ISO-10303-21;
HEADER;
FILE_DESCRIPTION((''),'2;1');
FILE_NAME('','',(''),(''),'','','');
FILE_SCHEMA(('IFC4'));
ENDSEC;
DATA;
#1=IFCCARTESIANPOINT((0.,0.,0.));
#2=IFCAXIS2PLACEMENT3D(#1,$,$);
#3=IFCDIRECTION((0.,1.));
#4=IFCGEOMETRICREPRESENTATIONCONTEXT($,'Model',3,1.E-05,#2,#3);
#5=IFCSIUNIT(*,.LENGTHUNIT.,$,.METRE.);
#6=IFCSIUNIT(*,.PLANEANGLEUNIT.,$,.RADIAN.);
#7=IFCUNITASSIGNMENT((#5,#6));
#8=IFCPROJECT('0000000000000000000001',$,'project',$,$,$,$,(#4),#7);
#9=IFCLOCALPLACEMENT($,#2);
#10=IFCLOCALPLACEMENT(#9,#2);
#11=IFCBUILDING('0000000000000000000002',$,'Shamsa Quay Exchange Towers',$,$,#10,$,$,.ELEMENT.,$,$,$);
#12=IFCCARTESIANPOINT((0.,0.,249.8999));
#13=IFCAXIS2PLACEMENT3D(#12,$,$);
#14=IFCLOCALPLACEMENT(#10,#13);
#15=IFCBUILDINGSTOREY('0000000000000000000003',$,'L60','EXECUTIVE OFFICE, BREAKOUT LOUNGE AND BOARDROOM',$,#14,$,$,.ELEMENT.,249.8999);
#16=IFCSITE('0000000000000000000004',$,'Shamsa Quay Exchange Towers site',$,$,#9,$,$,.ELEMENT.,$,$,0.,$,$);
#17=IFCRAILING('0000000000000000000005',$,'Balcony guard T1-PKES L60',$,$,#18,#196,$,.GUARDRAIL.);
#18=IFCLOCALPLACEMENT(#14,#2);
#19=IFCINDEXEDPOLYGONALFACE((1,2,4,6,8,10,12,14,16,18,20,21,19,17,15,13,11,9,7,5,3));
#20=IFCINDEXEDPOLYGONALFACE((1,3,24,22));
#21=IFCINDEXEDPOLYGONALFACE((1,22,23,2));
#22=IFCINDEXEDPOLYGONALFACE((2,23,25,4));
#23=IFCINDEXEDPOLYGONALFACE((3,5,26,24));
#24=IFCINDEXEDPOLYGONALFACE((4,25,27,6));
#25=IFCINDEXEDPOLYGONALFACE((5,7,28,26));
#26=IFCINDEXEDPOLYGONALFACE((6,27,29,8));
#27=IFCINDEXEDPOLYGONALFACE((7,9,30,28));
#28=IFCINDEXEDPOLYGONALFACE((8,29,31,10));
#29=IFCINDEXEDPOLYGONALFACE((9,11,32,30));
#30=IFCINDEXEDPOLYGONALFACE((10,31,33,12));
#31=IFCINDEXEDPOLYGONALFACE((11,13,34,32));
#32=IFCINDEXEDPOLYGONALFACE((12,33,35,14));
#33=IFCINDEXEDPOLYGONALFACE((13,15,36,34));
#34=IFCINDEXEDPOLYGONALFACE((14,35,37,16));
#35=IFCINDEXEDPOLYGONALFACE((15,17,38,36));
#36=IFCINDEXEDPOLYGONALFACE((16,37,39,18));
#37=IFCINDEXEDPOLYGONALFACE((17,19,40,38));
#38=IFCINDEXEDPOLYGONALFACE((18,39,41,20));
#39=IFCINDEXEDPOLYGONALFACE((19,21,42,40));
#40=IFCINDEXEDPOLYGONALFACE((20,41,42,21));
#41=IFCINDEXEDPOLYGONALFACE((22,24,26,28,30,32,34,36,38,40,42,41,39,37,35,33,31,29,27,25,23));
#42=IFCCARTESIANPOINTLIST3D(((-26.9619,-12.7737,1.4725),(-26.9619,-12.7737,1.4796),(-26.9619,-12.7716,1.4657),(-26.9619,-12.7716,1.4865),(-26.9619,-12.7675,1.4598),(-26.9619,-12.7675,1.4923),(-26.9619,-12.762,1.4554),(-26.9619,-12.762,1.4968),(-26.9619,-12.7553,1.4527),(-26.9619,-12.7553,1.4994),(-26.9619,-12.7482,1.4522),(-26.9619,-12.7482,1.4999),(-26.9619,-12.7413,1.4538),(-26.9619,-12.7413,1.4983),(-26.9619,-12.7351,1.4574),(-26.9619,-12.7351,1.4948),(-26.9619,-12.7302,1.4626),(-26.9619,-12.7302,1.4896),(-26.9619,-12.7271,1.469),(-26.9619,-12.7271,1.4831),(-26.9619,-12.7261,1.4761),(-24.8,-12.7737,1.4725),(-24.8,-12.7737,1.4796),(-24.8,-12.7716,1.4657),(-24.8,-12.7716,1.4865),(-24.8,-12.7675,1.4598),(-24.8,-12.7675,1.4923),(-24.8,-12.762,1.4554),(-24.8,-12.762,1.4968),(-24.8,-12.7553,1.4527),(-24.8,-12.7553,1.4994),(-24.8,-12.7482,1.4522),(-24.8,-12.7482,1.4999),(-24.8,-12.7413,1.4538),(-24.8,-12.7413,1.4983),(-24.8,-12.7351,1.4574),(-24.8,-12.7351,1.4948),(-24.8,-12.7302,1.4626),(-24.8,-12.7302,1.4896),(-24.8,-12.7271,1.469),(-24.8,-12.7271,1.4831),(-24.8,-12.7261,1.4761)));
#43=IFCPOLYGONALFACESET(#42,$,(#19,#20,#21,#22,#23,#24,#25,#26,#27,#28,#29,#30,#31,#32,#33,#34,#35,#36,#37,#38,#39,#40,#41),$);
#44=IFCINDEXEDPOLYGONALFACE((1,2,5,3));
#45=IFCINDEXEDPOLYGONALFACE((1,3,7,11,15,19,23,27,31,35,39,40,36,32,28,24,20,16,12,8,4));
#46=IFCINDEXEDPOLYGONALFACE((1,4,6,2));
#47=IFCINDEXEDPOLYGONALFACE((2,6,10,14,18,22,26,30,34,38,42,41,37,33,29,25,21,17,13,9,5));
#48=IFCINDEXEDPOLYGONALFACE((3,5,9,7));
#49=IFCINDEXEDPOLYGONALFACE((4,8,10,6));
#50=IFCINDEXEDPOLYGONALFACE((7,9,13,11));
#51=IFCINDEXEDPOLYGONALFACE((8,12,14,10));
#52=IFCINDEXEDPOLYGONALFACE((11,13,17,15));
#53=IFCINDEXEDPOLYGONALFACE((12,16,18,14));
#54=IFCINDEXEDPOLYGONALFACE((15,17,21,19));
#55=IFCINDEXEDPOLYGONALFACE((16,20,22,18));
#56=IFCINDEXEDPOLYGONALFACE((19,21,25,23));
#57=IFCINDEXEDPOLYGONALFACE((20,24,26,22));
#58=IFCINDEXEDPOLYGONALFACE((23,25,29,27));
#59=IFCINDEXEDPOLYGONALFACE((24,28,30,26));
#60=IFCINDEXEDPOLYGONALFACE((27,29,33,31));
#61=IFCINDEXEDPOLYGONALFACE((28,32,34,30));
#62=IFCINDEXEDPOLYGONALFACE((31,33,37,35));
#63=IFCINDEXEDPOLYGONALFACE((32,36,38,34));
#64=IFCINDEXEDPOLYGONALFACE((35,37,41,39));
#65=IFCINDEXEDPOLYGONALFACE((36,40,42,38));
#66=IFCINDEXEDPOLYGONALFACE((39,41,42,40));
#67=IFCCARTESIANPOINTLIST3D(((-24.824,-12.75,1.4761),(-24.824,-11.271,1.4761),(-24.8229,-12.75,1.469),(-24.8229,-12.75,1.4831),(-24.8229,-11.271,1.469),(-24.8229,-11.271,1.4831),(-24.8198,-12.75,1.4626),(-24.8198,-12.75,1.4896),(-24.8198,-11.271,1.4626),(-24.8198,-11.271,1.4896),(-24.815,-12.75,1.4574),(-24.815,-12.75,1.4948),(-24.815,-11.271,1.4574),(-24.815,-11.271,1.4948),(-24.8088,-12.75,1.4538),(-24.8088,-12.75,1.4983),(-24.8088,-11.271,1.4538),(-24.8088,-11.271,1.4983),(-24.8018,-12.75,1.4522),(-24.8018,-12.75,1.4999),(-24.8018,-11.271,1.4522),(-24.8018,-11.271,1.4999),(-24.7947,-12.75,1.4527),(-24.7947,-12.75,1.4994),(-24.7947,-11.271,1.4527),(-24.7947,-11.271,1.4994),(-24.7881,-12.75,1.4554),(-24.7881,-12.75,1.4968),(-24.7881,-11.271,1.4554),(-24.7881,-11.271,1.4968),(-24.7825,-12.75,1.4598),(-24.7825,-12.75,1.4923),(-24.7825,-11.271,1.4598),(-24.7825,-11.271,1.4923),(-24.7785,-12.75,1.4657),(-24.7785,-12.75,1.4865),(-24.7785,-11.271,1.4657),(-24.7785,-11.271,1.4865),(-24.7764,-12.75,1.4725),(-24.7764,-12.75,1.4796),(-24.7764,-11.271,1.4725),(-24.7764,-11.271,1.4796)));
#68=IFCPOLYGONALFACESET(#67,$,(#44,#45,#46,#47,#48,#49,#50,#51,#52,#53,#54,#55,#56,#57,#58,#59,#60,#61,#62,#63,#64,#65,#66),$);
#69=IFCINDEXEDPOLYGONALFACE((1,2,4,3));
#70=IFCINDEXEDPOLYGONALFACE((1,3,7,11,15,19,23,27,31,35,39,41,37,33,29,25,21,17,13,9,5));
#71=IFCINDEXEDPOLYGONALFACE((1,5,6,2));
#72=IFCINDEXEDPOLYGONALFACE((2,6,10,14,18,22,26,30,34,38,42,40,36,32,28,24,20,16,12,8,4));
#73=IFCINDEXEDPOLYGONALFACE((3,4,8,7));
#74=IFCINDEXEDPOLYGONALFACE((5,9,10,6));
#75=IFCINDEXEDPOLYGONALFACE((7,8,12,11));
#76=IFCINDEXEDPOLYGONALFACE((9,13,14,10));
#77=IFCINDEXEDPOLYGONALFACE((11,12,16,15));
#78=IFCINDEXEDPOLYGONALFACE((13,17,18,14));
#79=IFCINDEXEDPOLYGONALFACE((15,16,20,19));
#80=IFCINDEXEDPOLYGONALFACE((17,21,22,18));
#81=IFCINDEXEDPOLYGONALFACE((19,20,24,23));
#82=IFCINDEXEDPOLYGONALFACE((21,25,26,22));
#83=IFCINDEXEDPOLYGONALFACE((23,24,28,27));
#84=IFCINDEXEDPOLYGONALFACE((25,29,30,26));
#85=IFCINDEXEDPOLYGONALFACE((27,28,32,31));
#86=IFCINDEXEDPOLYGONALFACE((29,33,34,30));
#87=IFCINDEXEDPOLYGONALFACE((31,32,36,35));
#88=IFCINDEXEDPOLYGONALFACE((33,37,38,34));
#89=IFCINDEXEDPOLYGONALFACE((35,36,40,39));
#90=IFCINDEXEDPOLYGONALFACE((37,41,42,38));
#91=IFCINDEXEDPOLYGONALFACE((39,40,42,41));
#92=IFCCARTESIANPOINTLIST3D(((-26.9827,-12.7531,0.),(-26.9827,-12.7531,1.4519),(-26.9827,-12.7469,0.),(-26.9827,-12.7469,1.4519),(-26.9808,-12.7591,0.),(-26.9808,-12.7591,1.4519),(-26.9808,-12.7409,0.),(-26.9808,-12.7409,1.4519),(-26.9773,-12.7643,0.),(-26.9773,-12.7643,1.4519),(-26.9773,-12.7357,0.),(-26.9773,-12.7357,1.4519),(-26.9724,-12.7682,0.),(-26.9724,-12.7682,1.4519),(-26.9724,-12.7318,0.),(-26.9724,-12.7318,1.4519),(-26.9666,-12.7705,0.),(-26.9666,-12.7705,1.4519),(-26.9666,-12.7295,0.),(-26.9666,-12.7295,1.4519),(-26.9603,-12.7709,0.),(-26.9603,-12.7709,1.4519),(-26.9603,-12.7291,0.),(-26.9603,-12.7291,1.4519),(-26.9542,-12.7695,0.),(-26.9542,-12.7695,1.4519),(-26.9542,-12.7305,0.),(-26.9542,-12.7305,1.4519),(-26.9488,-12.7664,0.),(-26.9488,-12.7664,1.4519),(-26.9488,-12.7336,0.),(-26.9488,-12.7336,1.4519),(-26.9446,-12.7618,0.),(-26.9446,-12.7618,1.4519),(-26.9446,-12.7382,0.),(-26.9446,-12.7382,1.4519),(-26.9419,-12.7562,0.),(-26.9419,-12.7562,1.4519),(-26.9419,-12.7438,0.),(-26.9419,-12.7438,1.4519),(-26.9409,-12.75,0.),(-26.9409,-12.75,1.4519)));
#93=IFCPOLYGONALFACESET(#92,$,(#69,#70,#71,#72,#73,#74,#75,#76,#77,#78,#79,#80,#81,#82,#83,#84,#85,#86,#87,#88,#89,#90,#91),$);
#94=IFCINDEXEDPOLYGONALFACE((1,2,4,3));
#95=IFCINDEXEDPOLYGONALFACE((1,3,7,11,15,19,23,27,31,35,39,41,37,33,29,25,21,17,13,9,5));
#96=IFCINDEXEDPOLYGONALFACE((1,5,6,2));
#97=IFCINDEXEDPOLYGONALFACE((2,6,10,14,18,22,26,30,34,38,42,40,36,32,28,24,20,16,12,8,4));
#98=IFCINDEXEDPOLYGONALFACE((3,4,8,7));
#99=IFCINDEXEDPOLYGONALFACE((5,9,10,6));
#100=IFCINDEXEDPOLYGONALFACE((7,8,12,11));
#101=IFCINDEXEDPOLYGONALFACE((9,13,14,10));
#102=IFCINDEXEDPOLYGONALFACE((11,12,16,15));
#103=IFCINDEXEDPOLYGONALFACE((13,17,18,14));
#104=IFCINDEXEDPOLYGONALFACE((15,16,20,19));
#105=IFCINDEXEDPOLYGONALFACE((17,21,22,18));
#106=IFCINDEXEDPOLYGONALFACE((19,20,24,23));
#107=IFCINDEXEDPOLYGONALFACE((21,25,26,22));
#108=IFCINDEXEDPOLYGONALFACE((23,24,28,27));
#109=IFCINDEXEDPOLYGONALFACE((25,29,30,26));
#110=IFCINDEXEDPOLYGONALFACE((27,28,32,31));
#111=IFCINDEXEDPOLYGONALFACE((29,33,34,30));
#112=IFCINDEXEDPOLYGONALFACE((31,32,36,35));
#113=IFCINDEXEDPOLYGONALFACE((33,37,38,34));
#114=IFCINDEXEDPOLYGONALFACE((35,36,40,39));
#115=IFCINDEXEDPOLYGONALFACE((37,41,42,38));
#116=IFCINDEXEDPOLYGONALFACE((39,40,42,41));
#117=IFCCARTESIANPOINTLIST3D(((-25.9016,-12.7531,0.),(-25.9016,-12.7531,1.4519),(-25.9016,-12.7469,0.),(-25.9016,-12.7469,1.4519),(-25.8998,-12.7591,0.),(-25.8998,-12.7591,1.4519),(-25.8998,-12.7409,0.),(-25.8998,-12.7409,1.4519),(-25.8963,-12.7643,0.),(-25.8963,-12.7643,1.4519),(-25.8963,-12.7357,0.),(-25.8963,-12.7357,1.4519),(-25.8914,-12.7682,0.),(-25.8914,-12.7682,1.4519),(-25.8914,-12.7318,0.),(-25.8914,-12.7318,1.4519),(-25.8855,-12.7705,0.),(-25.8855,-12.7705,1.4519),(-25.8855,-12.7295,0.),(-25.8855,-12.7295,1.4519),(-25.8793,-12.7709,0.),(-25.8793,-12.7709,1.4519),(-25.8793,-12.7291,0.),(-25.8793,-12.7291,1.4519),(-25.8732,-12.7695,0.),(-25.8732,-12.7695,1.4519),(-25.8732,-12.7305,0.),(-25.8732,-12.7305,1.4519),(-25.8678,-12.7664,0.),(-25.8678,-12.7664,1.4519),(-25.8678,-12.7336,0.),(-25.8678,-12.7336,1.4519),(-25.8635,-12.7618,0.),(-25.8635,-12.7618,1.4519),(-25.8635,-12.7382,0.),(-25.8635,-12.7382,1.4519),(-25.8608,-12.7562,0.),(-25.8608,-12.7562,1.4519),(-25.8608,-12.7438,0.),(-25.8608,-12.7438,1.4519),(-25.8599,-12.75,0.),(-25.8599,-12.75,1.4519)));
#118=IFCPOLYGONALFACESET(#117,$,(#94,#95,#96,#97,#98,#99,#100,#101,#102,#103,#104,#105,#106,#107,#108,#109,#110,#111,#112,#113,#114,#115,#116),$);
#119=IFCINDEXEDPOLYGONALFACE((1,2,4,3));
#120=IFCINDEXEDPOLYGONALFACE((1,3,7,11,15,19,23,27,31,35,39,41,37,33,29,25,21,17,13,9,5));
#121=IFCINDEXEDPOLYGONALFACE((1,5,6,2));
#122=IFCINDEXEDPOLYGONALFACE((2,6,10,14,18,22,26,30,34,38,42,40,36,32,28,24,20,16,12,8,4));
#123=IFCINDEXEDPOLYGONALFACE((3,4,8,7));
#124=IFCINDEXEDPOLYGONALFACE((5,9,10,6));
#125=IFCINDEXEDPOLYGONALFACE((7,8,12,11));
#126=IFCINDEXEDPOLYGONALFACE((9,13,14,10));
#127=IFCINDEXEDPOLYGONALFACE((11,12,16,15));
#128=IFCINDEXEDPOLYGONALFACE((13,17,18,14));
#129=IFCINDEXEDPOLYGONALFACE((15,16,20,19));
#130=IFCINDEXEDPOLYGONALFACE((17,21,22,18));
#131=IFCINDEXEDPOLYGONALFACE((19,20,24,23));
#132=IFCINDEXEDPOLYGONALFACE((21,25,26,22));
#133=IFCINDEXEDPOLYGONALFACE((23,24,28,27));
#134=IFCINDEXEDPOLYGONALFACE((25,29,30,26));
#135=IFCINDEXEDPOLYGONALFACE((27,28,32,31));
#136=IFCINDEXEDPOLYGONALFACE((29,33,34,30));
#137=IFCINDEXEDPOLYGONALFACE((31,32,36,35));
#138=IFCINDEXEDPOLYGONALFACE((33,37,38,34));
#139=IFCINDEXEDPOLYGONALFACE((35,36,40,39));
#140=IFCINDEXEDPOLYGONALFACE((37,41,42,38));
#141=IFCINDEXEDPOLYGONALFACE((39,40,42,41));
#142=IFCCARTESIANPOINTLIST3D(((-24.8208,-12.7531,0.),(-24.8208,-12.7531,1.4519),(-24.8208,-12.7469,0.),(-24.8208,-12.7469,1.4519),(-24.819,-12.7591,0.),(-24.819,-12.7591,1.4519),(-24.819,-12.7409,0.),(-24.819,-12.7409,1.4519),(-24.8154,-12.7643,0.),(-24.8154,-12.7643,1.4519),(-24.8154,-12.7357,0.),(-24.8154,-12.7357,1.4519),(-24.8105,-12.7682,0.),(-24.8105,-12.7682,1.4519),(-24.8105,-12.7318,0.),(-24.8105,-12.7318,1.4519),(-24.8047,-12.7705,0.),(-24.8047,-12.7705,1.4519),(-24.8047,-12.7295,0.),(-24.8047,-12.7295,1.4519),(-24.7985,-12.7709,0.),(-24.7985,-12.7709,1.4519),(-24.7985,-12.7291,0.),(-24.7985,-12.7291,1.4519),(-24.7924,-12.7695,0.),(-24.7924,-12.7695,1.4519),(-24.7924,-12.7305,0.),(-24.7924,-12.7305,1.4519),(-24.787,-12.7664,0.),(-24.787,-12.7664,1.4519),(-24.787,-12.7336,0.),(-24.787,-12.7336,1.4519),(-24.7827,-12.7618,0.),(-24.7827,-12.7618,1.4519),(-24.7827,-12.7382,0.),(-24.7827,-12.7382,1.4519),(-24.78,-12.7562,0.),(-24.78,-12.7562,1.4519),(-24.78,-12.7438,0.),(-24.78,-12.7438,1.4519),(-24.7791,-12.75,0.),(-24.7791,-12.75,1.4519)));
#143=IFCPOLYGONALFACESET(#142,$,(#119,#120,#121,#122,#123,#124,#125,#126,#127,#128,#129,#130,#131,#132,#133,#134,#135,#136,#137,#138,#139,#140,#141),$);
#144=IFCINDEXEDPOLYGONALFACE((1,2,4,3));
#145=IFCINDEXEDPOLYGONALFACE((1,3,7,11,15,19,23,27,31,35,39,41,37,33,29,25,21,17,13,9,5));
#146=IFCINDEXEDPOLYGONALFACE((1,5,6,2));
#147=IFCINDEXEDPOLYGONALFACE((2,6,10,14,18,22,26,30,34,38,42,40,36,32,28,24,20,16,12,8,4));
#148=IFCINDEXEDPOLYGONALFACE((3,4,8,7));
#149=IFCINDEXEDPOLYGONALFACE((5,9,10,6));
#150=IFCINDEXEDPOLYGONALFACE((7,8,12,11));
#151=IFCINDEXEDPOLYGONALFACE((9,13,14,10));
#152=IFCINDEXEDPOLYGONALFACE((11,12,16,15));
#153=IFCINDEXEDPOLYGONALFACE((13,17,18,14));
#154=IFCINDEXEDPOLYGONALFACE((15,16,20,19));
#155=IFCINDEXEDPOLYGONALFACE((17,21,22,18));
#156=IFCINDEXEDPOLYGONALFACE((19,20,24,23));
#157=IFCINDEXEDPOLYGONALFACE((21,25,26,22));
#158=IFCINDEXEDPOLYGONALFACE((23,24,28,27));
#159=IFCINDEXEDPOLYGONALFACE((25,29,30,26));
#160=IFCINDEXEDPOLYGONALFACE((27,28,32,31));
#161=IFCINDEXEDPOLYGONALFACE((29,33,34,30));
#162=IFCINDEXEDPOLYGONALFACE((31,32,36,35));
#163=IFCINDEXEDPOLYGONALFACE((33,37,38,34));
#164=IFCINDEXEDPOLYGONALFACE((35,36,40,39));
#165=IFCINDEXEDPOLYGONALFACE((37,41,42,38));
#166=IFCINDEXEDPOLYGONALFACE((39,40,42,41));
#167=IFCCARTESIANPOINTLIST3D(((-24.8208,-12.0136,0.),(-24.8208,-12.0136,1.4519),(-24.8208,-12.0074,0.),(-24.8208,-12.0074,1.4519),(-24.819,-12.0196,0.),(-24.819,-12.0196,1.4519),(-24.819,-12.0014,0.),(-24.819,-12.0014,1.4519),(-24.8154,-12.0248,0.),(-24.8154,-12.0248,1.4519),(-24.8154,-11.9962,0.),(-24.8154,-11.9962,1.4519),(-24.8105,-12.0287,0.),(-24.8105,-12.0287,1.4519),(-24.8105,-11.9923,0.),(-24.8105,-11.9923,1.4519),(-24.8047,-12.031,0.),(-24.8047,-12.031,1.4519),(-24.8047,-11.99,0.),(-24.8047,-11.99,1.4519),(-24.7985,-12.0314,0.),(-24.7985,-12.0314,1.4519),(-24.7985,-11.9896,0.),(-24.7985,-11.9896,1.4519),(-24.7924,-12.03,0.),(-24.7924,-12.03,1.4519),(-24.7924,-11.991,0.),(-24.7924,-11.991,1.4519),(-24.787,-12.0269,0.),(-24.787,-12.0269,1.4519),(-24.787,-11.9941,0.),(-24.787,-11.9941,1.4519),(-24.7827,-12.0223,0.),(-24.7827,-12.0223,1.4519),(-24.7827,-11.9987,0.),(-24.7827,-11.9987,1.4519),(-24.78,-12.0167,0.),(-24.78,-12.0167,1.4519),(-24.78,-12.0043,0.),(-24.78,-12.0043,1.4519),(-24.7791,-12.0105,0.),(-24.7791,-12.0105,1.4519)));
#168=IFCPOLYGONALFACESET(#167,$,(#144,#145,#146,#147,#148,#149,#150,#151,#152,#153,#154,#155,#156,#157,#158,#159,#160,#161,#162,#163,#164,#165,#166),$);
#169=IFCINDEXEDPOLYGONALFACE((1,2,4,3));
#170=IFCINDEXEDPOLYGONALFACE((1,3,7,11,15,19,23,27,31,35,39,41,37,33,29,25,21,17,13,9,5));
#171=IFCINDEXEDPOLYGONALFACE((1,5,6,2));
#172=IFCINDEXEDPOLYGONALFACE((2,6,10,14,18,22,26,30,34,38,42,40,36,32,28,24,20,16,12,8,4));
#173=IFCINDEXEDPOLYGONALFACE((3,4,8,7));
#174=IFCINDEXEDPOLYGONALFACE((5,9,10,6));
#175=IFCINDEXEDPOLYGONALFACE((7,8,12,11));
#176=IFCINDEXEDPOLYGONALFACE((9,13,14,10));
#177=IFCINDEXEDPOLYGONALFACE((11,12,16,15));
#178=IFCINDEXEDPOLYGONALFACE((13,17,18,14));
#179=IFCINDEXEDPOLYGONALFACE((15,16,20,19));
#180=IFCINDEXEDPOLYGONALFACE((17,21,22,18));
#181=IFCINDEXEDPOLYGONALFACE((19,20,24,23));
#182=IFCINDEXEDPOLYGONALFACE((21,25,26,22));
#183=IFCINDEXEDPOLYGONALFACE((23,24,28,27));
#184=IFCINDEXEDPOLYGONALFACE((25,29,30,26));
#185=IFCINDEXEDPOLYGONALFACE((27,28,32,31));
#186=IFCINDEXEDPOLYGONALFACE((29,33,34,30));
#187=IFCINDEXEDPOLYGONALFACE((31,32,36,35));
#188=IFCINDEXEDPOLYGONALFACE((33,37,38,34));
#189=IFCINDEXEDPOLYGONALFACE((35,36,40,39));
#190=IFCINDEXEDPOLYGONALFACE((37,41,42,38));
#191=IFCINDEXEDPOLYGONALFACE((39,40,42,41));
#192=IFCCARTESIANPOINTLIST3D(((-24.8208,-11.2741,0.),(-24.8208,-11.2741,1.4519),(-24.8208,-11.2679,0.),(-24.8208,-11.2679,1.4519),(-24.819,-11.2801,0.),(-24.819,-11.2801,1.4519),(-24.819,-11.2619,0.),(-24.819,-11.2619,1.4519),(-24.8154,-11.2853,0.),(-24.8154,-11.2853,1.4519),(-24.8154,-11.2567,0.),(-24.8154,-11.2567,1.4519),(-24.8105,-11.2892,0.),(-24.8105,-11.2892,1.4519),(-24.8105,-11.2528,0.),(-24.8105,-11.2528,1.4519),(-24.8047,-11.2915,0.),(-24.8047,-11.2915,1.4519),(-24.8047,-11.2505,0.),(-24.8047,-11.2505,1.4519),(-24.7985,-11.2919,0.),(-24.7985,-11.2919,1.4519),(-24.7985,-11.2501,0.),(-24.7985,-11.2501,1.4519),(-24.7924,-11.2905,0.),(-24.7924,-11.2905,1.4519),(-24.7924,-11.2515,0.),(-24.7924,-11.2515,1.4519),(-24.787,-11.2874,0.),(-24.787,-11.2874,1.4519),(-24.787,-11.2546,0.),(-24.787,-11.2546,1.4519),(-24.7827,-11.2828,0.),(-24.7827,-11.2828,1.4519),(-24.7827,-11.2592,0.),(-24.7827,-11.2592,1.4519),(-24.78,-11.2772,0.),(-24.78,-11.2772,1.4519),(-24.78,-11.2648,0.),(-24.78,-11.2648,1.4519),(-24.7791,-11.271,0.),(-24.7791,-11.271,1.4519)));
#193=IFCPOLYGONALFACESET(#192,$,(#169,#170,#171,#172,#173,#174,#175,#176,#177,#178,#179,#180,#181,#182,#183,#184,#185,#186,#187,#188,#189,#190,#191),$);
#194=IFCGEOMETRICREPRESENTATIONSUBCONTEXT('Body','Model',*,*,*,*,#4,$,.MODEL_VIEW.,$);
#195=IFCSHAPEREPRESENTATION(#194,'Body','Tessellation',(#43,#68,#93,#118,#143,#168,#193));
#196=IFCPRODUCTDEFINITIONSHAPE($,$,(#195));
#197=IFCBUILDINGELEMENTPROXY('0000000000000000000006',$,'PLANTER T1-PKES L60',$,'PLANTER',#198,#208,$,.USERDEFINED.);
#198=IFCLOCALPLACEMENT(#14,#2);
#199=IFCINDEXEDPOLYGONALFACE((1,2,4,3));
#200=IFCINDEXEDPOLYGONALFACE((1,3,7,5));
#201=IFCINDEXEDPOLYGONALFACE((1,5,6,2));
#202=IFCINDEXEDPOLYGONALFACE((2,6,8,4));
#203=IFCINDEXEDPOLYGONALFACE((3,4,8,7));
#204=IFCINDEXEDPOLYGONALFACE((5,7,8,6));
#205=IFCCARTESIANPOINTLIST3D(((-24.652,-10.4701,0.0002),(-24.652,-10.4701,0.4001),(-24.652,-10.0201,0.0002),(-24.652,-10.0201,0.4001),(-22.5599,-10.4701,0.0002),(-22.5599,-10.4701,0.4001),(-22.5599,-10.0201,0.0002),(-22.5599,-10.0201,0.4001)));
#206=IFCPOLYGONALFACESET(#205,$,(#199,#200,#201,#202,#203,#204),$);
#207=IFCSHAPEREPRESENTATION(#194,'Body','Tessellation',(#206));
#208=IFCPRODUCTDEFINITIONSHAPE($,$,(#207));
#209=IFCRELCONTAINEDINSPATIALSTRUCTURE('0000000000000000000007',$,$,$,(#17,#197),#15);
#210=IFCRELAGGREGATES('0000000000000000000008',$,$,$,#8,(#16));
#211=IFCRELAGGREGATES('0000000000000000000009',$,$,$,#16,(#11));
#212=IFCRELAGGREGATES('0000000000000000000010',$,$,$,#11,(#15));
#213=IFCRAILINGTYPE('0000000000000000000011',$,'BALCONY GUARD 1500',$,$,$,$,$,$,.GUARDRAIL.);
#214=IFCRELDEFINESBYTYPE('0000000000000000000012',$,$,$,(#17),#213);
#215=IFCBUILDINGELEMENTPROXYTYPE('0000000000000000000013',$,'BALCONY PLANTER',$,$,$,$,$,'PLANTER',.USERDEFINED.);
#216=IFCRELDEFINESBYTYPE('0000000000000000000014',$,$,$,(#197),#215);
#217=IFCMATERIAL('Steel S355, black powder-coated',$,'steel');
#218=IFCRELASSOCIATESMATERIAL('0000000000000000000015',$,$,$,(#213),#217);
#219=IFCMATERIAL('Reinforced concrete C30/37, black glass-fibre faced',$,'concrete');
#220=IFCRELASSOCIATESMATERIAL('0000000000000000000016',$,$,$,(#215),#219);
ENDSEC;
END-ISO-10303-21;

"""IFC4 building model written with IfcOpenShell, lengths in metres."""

from ifc_helpers import new_model, si_unit, direction, frame, origin, origin_2d, place, context, subcontext, project, spatial, rectangle, circle, extrude, material, type_object, element, save


model = new_model("IFC4")

# Units and contexts
model_context = context("Model", 3, precision=1e-05, world=origin(), true_north=direction((0.0, 1.0)))
body_context = subcontext(model_context, "Body", "Model", "MODEL_VIEW")
ifc_project = project(units=[si_unit("LENGTHUNIT", "METRE"), si_unit("PLANEANGLEUNIT", "RADIAN")], contexts=[model_context])

# Site, building, storey
site_placement = place(None, origin())
site = spatial("IfcSite", under=ifc_project, at=site_placement, Name="Shamsa Quay Exchange Towers site", CompositionType="ELEMENT", RefElevation=0.0)
building_placement = place(site_placement, origin())
building = spatial("IfcBuilding", under=site, at=building_placement, Name="Shamsa Quay Exchange Towers", CompositionType="ELEMENT")
storey_placement = place(building_placement, frame((0.0, 0.0, 249.8999)))
storey = spatial("IfcBuildingStorey", under=building, at=storey_placement, Name="L60", Description="EXECUTIVE OFFICE, BREAKOUT LOUNGE AND BOARDROOM", CompositionType="ELEMENT", Elevation=249.8999)

# Railing
ifc_material_1 = material(Name="Steel S355, black powder-coated", Category="steel")
railing_type_1 = type_object("IfcRailingType", Name="BALCONY GUARD 1500", PredefinedType="GUARDRAIL", material=ifc_material_1)
for number, where, name in (
    (1, (-26.9619, -12.75, 0.0), "Balcony guard T1-PKES L60"),
):
    element("IfcRailing", number, at=place(storey_placement, frame(where)), inside=storey, type_object=railing_type_1, Name=name, PredefinedType="GUARDRAIL", context=body_context, shape_type="SweptSolid", body=[
        extrude(circle(Radius=0.0239, at=origin_2d()), frame((0.0, 0.0, 1.4761), z_axis=(1.0, 0.0, 0.0), x_axis=(0.0, 1.0, 0.0)), (0.0, 0.0, 1.0), 2.1619),
        extrude(circle(Radius=0.0239, at=origin_2d()), frame((2.1619, 0.0, 1.4761), z_axis=(0.0, 1.0, 0.0), x_axis=(-1.0, 0.0, 0.0)), (0.0, 0.0, 1.0), 1.479),
        extrude(circle(Radius=0.021, at=origin_2d()), origin(), (0.0, 0.0, 1.0), 1.4519),
        extrude(circle(Radius=0.021, at=origin_2d()), frame((1.0811, 0.0, 0.0)), (0.0, 0.0, 1.0), 1.4519),
        extrude(circle(Radius=0.021, at=origin_2d()), frame((2.1619, 0.0, 0.0)), (0.0, 0.0, 1.0), 1.4519),
        extrude(circle(Radius=0.021, at=origin_2d()), frame((2.1619, 0.7395, 0.0)), (0.0, 0.0, 1.0), 1.4519),
        extrude(circle(Radius=0.021, at=origin_2d()), frame((2.1619, 1.479, 0.0)), (0.0, 0.0, 1.0), 1.4519),
    ])

# Building element proxy
ifc_material_2 = material(Name="Reinforced concrete C30/37, black glass-fibre faced", Category="concrete")
building_element_proxy_type = type_object("IfcBuildingElementProxyType", Name="BALCONY PLANTER", ElementType="PLANTER", PredefinedType="USERDEFINED", material=ifc_material_2)
for number, where, name in (
    (2, (-23.606, -10.2451, 0.0002), "PLANTER T1-PKES L60"),
):
    element("IfcBuildingElementProxy", number, at=place(storey_placement, frame(where)), inside=storey, type_object=building_element_proxy_type, Name=name, ObjectType="PLANTER", PredefinedType="USERDEFINED", context=body_context, shape_type="SweptSolid", body=[
        extrude(rectangle(XDim=2.092, YDim=0.45, at=origin_2d()), origin(), (0.0, 0.0, 1.0), 0.3999),
    ])

save(model, "model.ifc")
